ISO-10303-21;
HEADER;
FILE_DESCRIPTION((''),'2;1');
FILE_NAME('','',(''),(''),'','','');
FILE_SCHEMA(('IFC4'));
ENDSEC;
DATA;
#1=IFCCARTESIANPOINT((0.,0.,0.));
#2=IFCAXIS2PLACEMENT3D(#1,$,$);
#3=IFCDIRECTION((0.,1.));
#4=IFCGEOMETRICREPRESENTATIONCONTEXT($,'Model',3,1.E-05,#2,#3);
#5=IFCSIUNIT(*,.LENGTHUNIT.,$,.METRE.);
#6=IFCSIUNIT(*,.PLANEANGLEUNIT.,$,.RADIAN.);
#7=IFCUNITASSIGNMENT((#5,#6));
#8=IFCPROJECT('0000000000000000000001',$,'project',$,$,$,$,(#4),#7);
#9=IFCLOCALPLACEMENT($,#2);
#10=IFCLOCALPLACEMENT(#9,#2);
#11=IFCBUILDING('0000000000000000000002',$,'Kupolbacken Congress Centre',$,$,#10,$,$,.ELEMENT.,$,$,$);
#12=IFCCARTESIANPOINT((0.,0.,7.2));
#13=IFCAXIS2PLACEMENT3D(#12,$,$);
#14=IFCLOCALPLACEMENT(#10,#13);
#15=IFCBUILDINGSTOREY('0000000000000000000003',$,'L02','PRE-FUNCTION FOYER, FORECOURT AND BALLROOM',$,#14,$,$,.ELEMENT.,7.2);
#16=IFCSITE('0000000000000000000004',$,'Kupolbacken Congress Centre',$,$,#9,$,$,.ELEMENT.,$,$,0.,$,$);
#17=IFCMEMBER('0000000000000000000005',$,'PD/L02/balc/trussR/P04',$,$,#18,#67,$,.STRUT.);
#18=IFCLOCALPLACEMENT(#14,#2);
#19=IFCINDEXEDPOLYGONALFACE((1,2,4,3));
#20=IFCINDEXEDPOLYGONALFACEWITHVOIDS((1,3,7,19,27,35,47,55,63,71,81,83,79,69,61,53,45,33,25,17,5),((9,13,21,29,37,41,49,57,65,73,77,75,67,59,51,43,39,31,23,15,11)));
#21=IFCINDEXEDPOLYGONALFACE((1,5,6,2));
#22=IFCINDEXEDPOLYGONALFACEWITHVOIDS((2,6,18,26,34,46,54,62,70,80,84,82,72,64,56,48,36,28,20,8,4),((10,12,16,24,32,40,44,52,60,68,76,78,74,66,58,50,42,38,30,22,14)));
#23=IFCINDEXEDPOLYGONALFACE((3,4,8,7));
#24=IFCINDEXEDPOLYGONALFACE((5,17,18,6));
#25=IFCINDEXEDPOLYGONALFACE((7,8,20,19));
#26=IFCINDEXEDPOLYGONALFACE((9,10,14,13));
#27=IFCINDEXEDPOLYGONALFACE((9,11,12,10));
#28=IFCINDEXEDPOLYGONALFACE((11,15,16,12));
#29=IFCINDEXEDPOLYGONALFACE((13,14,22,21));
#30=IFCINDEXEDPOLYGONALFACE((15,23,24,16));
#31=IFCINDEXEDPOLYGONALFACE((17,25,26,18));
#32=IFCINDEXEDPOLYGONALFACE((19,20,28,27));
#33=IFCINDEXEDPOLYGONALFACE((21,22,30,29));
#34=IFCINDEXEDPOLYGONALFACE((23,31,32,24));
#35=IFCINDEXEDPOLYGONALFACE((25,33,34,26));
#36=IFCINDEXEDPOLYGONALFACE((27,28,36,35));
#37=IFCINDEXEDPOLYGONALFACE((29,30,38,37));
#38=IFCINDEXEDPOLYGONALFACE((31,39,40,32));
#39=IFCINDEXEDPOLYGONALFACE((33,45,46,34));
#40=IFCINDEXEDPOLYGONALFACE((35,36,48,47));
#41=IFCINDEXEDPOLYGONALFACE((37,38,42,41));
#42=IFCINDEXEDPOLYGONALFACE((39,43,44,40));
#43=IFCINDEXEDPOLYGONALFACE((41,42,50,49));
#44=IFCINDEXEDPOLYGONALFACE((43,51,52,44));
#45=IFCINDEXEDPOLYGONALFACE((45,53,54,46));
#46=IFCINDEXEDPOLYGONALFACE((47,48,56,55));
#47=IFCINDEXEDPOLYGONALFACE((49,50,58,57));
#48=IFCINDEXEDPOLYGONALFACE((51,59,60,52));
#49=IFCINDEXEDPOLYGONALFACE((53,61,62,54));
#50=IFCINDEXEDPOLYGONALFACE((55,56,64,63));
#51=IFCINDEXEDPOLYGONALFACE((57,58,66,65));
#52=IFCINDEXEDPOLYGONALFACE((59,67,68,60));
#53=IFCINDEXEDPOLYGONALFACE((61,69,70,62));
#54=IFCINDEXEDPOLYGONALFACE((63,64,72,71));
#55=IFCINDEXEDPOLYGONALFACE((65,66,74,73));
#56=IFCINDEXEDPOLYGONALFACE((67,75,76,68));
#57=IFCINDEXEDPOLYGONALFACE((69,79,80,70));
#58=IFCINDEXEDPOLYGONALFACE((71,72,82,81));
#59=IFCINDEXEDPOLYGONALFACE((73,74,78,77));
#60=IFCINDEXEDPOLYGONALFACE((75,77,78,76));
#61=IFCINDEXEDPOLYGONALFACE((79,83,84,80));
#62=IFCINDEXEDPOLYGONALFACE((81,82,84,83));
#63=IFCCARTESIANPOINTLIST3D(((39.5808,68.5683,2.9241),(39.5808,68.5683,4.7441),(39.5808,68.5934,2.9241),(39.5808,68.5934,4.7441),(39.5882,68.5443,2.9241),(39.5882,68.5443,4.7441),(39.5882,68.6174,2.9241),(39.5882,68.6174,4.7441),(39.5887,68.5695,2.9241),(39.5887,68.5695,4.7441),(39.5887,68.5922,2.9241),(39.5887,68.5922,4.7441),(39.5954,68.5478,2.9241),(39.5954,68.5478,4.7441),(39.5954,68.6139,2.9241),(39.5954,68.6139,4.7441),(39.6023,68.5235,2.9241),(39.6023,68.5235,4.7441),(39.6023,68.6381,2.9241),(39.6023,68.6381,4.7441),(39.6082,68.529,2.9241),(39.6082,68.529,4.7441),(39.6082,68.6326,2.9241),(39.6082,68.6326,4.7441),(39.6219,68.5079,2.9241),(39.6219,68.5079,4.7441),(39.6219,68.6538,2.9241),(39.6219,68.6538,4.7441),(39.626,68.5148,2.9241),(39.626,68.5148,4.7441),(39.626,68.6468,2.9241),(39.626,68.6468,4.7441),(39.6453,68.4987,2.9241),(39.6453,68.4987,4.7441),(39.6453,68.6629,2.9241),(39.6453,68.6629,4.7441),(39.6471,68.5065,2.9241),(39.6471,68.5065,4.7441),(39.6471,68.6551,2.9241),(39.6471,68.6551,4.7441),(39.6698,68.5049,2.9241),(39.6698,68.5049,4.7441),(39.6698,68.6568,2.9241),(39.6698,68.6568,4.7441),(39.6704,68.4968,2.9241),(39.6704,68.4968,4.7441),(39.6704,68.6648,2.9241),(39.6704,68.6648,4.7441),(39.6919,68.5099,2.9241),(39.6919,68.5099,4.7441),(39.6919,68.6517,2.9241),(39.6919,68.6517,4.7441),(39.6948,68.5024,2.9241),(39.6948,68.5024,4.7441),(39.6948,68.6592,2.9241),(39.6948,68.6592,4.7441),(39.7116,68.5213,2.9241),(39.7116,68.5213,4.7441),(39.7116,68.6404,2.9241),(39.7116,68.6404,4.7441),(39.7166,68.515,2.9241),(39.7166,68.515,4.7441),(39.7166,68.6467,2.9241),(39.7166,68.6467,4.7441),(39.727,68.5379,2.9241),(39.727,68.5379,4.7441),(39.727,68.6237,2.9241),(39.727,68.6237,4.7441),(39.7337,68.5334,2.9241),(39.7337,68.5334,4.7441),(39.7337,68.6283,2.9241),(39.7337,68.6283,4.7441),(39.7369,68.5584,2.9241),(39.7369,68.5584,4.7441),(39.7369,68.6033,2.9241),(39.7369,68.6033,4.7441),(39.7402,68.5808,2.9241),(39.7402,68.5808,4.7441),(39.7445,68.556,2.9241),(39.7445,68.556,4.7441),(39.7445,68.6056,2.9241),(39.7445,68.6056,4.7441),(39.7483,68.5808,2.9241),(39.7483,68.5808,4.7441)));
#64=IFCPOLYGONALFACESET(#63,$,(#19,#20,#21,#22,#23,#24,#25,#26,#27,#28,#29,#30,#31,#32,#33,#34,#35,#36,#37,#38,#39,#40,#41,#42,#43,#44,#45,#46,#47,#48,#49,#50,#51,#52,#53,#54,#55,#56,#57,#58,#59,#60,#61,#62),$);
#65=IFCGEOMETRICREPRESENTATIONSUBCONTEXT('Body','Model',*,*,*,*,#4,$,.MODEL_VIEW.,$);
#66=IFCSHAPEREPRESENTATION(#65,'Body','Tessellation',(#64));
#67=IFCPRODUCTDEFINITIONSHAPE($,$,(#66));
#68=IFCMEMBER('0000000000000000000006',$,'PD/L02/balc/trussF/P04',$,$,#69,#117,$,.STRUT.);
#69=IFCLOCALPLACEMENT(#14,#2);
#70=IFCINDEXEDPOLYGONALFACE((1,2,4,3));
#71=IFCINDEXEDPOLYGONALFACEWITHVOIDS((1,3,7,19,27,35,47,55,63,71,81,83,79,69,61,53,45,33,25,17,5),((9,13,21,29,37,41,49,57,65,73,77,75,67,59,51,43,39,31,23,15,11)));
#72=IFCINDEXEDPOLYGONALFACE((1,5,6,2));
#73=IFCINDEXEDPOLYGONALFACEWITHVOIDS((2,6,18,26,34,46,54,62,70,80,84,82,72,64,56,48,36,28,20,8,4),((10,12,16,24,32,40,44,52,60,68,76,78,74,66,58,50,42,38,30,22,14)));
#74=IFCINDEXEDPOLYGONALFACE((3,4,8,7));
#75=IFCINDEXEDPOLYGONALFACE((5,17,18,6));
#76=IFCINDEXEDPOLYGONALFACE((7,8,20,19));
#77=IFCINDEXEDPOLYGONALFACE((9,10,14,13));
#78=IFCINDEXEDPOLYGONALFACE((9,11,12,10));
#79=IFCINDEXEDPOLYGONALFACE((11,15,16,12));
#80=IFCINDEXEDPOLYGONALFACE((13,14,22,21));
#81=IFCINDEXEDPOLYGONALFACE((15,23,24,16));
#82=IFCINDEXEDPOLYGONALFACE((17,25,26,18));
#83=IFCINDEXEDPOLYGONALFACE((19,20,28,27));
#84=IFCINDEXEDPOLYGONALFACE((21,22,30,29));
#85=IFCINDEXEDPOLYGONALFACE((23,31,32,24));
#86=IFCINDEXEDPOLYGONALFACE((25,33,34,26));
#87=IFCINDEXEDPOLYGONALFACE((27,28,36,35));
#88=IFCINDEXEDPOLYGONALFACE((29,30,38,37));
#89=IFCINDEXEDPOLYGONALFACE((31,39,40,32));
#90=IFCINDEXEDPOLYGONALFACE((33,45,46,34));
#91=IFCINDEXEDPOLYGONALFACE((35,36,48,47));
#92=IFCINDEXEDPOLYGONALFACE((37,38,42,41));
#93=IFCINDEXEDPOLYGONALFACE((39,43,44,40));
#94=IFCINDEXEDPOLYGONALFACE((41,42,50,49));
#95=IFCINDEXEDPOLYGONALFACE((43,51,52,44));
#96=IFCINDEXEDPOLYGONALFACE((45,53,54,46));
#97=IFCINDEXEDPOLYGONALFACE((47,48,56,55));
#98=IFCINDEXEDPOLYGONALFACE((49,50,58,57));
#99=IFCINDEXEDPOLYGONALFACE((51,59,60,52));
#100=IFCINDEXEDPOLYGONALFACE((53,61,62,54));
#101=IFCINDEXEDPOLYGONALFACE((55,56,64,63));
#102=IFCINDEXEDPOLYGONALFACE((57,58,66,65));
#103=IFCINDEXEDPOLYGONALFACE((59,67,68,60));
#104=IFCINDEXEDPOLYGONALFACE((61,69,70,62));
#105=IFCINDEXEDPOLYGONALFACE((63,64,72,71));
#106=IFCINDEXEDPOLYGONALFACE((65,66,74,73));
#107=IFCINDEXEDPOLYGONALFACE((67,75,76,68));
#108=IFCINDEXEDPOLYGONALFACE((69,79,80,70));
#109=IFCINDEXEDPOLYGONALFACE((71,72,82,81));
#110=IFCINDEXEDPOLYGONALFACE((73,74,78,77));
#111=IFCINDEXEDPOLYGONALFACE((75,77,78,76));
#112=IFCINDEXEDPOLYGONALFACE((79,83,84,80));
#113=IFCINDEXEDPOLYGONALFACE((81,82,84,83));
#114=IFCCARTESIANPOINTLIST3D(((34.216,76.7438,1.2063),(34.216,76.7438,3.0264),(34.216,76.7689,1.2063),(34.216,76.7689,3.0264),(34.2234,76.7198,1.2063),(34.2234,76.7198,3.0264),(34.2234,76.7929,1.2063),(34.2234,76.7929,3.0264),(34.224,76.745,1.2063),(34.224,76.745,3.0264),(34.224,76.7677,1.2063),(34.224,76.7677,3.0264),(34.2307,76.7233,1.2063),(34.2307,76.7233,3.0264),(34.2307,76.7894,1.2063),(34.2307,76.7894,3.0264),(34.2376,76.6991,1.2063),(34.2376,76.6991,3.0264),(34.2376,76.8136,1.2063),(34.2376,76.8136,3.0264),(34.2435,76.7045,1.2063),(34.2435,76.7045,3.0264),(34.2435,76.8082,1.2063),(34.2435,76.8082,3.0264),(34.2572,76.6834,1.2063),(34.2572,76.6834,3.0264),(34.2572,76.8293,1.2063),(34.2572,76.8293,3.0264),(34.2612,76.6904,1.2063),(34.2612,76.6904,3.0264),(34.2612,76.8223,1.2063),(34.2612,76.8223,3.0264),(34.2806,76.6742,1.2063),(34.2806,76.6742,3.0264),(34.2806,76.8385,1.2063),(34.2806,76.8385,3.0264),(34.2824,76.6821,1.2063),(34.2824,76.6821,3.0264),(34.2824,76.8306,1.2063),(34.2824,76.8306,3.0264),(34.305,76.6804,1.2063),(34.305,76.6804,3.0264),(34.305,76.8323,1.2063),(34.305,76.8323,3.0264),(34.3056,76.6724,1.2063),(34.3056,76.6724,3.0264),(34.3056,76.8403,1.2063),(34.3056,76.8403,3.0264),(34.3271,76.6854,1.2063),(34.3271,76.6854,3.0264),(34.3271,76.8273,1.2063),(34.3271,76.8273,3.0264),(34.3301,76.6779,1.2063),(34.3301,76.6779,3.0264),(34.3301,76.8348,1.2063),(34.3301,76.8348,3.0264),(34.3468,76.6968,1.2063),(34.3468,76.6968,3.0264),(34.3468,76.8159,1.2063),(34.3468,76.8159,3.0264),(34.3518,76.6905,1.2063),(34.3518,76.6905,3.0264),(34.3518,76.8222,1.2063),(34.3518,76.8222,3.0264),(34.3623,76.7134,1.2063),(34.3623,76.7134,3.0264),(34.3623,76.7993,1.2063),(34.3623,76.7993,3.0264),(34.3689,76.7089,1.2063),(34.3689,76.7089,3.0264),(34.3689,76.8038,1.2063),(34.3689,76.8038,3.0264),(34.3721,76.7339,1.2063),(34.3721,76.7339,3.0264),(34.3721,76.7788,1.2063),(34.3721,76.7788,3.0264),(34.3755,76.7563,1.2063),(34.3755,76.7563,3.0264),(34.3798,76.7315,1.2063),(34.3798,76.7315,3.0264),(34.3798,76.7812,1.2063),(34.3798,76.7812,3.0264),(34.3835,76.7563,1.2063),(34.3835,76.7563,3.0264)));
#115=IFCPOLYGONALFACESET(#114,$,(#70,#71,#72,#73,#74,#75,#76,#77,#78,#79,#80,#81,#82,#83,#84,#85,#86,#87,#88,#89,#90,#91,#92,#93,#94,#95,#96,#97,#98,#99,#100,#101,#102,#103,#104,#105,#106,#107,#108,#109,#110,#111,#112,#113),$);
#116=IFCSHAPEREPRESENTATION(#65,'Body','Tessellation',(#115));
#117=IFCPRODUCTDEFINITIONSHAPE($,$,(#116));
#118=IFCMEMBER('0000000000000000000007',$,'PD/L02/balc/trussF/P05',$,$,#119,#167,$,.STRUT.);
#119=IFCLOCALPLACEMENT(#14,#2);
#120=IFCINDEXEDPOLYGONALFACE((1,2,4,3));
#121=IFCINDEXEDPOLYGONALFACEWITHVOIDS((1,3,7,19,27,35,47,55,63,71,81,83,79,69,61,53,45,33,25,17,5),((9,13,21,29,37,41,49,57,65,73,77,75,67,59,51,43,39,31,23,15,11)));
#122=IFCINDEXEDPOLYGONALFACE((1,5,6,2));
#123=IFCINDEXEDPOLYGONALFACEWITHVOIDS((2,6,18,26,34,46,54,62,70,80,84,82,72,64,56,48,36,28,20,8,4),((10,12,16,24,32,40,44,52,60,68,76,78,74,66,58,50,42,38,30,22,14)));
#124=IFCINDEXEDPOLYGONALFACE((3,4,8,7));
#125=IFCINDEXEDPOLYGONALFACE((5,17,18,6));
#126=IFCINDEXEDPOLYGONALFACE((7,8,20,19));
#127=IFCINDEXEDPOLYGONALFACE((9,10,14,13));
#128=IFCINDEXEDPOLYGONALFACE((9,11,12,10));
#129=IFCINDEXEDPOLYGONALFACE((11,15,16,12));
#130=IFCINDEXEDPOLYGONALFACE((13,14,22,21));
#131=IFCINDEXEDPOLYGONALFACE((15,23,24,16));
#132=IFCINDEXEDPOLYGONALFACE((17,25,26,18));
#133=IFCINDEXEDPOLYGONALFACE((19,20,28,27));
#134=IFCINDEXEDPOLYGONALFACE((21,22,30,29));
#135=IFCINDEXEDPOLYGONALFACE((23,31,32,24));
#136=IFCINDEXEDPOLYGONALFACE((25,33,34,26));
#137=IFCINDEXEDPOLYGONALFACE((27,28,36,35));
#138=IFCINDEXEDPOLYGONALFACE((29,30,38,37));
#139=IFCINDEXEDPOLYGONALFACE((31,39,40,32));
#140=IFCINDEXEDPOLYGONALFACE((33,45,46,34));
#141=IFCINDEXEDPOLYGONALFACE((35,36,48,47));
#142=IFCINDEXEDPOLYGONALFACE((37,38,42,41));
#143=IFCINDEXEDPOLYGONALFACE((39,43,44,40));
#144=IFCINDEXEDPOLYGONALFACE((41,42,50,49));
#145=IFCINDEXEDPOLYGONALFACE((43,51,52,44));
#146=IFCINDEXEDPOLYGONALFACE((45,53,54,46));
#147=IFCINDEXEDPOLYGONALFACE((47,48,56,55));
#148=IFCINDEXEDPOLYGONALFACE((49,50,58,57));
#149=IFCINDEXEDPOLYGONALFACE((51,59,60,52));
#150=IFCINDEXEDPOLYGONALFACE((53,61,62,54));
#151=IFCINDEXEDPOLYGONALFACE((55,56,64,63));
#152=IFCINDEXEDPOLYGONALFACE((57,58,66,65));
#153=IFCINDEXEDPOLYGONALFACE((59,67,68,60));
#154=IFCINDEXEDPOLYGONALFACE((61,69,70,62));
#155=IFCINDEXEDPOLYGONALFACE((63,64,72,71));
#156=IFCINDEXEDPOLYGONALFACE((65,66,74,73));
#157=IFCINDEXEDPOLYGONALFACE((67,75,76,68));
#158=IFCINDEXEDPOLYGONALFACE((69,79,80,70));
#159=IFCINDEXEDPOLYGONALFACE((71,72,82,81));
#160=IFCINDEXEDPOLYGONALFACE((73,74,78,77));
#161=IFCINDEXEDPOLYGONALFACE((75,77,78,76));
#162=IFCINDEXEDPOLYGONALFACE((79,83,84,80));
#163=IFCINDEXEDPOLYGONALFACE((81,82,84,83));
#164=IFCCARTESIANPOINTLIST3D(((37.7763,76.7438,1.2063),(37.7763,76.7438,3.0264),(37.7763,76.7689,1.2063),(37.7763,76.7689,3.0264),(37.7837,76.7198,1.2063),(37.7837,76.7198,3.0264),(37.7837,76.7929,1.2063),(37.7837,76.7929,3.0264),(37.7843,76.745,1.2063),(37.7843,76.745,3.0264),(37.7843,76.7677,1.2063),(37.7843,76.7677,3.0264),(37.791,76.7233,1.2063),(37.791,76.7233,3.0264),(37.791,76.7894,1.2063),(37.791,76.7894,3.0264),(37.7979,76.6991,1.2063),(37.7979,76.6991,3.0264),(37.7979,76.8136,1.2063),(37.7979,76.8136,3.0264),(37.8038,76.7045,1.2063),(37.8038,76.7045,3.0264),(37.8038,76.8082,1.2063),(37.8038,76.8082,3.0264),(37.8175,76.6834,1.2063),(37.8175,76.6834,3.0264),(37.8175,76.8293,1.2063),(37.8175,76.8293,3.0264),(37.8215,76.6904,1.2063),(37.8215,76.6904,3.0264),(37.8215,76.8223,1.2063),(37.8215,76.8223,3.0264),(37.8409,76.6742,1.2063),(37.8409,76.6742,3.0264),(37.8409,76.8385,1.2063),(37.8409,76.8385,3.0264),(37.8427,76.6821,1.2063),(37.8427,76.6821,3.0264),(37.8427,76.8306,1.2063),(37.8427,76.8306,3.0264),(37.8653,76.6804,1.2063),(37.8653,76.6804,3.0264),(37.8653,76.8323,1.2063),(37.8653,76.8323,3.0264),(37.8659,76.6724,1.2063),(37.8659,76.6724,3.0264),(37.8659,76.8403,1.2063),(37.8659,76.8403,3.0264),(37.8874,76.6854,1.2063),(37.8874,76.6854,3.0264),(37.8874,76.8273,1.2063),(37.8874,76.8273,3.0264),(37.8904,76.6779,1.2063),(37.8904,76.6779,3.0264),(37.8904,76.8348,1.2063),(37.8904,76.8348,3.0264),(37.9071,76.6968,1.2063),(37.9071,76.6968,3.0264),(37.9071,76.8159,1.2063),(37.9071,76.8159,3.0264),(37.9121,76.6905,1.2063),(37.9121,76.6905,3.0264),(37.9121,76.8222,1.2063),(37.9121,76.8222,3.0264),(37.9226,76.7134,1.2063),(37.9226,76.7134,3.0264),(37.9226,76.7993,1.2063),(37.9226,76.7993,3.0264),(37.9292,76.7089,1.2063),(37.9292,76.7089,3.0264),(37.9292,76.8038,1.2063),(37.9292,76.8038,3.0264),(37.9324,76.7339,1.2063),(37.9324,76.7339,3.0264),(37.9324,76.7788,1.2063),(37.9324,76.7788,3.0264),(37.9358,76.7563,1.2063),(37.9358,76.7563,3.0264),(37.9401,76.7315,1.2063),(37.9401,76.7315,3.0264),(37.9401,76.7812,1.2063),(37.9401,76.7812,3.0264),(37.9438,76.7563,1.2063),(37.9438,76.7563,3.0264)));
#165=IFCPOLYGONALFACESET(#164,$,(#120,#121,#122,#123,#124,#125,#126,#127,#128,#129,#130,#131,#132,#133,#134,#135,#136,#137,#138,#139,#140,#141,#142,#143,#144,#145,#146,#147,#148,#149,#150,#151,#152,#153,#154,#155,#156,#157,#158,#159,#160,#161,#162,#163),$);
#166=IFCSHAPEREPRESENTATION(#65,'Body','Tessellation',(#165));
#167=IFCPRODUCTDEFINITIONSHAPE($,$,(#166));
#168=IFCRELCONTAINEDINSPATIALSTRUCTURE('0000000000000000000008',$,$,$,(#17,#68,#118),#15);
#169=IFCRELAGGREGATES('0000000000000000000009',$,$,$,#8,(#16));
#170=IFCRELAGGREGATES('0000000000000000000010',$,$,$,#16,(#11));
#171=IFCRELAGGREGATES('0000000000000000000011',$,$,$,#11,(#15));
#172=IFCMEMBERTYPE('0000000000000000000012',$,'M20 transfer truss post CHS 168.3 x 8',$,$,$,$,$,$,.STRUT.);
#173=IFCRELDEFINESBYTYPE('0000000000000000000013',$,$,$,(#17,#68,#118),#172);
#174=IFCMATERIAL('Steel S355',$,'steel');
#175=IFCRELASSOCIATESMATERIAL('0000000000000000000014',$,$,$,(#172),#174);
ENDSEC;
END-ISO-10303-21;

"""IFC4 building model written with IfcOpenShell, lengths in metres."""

from ifc_helpers import new_model, si_unit, direction, frame, origin, origin_2d, place, context, subcontext, project, spatial, hollow_circle, extrude, material, material_profile, profile_set, type_object, element, save


model = new_model("IFC4")

# Units and contexts
model_context = context("Model", 3, precision=1e-05, world=origin(), true_north=direction((0.0, 1.0)))
body_context = subcontext(model_context, "Body", "Model", "MODEL_VIEW")
ifc_project = project(units=[si_unit("LENGTHUNIT", "METRE"), si_unit("PLANEANGLEUNIT", "RADIAN")], contexts=[model_context])

# Site, building, storey
site_placement = place(None, origin())
site = spatial("IfcSite", under=ifc_project, at=site_placement, Name="Kupolbacken Congress Centre", CompositionType="ELEMENT", RefElevation=0.0)
building_placement = place(site_placement, origin())
building = spatial("IfcBuilding", under=site, at=building_placement, Name="Kupolbacken Congress Centre", CompositionType="ELEMENT")
storey_placement = place(building_placement, frame((0.0, 0.0, 7.2)))
storey = spatial("IfcBuildingStorey", under=building, at=storey_placement, Name="L02", Description="PRE-FUNCTION FOYER, FORECOURT AND BALLROOM", CompositionType="ELEMENT", Elevation=7.2)

# Members
ifc_material_1 = material(Name="Steel S355", Category="steel")
ifc_material_profile_1 = material_profile(ifc_material_1, hollow_circle(Radius=0.0842, WallThickness=0.0081, at=origin_2d()), Name="CHS 168.3 x 8")
ifc_profile_set_1 = profile_set([ifc_material_profile_1], Name="Steel S355")
member_type_1 = type_object("IfcMemberType", Name="M20 transfer truss post CHS 168.3 x 8", PredefinedType="STRUT", material=ifc_profile_set_1)
for number, where, z_axis, x_axis, name in (
    (1, (39.6641, 68.5808, 2.9241), (0.0, 0.0, 1.0), (1.0, 0.0, 0.0), "PD/L02/balc/trussR/P04"),
    (2, (34.2993, 76.7563, 1.2063), (0.0, 0.0, 1.0), (1.0, 0.0, 0.0), "PD/L02/balc/trussF/P04"),
    (3, (37.8596, 76.7563, 1.2063), (0.0, 0.0, 1.0), (1.0, 0.0, 0.0), "PD/L02/balc/trussF/P05"),
):
    element("IfcMember", number, at=place(storey_placement, frame(where, z_axis=z_axis, x_axis=x_axis)), inside=storey, type_object=member_type_1, Name=name, PredefinedType="STRUT", context=body_context, shape_type="SweptSolid", body=[
        extrude(hollow_circle(Radius=0.0842, WallThickness=0.0081, at=origin_2d()), origin(), (0.0, 0.0, 1.0), 1.8201),
    ])

save(model, "model.ifc")
